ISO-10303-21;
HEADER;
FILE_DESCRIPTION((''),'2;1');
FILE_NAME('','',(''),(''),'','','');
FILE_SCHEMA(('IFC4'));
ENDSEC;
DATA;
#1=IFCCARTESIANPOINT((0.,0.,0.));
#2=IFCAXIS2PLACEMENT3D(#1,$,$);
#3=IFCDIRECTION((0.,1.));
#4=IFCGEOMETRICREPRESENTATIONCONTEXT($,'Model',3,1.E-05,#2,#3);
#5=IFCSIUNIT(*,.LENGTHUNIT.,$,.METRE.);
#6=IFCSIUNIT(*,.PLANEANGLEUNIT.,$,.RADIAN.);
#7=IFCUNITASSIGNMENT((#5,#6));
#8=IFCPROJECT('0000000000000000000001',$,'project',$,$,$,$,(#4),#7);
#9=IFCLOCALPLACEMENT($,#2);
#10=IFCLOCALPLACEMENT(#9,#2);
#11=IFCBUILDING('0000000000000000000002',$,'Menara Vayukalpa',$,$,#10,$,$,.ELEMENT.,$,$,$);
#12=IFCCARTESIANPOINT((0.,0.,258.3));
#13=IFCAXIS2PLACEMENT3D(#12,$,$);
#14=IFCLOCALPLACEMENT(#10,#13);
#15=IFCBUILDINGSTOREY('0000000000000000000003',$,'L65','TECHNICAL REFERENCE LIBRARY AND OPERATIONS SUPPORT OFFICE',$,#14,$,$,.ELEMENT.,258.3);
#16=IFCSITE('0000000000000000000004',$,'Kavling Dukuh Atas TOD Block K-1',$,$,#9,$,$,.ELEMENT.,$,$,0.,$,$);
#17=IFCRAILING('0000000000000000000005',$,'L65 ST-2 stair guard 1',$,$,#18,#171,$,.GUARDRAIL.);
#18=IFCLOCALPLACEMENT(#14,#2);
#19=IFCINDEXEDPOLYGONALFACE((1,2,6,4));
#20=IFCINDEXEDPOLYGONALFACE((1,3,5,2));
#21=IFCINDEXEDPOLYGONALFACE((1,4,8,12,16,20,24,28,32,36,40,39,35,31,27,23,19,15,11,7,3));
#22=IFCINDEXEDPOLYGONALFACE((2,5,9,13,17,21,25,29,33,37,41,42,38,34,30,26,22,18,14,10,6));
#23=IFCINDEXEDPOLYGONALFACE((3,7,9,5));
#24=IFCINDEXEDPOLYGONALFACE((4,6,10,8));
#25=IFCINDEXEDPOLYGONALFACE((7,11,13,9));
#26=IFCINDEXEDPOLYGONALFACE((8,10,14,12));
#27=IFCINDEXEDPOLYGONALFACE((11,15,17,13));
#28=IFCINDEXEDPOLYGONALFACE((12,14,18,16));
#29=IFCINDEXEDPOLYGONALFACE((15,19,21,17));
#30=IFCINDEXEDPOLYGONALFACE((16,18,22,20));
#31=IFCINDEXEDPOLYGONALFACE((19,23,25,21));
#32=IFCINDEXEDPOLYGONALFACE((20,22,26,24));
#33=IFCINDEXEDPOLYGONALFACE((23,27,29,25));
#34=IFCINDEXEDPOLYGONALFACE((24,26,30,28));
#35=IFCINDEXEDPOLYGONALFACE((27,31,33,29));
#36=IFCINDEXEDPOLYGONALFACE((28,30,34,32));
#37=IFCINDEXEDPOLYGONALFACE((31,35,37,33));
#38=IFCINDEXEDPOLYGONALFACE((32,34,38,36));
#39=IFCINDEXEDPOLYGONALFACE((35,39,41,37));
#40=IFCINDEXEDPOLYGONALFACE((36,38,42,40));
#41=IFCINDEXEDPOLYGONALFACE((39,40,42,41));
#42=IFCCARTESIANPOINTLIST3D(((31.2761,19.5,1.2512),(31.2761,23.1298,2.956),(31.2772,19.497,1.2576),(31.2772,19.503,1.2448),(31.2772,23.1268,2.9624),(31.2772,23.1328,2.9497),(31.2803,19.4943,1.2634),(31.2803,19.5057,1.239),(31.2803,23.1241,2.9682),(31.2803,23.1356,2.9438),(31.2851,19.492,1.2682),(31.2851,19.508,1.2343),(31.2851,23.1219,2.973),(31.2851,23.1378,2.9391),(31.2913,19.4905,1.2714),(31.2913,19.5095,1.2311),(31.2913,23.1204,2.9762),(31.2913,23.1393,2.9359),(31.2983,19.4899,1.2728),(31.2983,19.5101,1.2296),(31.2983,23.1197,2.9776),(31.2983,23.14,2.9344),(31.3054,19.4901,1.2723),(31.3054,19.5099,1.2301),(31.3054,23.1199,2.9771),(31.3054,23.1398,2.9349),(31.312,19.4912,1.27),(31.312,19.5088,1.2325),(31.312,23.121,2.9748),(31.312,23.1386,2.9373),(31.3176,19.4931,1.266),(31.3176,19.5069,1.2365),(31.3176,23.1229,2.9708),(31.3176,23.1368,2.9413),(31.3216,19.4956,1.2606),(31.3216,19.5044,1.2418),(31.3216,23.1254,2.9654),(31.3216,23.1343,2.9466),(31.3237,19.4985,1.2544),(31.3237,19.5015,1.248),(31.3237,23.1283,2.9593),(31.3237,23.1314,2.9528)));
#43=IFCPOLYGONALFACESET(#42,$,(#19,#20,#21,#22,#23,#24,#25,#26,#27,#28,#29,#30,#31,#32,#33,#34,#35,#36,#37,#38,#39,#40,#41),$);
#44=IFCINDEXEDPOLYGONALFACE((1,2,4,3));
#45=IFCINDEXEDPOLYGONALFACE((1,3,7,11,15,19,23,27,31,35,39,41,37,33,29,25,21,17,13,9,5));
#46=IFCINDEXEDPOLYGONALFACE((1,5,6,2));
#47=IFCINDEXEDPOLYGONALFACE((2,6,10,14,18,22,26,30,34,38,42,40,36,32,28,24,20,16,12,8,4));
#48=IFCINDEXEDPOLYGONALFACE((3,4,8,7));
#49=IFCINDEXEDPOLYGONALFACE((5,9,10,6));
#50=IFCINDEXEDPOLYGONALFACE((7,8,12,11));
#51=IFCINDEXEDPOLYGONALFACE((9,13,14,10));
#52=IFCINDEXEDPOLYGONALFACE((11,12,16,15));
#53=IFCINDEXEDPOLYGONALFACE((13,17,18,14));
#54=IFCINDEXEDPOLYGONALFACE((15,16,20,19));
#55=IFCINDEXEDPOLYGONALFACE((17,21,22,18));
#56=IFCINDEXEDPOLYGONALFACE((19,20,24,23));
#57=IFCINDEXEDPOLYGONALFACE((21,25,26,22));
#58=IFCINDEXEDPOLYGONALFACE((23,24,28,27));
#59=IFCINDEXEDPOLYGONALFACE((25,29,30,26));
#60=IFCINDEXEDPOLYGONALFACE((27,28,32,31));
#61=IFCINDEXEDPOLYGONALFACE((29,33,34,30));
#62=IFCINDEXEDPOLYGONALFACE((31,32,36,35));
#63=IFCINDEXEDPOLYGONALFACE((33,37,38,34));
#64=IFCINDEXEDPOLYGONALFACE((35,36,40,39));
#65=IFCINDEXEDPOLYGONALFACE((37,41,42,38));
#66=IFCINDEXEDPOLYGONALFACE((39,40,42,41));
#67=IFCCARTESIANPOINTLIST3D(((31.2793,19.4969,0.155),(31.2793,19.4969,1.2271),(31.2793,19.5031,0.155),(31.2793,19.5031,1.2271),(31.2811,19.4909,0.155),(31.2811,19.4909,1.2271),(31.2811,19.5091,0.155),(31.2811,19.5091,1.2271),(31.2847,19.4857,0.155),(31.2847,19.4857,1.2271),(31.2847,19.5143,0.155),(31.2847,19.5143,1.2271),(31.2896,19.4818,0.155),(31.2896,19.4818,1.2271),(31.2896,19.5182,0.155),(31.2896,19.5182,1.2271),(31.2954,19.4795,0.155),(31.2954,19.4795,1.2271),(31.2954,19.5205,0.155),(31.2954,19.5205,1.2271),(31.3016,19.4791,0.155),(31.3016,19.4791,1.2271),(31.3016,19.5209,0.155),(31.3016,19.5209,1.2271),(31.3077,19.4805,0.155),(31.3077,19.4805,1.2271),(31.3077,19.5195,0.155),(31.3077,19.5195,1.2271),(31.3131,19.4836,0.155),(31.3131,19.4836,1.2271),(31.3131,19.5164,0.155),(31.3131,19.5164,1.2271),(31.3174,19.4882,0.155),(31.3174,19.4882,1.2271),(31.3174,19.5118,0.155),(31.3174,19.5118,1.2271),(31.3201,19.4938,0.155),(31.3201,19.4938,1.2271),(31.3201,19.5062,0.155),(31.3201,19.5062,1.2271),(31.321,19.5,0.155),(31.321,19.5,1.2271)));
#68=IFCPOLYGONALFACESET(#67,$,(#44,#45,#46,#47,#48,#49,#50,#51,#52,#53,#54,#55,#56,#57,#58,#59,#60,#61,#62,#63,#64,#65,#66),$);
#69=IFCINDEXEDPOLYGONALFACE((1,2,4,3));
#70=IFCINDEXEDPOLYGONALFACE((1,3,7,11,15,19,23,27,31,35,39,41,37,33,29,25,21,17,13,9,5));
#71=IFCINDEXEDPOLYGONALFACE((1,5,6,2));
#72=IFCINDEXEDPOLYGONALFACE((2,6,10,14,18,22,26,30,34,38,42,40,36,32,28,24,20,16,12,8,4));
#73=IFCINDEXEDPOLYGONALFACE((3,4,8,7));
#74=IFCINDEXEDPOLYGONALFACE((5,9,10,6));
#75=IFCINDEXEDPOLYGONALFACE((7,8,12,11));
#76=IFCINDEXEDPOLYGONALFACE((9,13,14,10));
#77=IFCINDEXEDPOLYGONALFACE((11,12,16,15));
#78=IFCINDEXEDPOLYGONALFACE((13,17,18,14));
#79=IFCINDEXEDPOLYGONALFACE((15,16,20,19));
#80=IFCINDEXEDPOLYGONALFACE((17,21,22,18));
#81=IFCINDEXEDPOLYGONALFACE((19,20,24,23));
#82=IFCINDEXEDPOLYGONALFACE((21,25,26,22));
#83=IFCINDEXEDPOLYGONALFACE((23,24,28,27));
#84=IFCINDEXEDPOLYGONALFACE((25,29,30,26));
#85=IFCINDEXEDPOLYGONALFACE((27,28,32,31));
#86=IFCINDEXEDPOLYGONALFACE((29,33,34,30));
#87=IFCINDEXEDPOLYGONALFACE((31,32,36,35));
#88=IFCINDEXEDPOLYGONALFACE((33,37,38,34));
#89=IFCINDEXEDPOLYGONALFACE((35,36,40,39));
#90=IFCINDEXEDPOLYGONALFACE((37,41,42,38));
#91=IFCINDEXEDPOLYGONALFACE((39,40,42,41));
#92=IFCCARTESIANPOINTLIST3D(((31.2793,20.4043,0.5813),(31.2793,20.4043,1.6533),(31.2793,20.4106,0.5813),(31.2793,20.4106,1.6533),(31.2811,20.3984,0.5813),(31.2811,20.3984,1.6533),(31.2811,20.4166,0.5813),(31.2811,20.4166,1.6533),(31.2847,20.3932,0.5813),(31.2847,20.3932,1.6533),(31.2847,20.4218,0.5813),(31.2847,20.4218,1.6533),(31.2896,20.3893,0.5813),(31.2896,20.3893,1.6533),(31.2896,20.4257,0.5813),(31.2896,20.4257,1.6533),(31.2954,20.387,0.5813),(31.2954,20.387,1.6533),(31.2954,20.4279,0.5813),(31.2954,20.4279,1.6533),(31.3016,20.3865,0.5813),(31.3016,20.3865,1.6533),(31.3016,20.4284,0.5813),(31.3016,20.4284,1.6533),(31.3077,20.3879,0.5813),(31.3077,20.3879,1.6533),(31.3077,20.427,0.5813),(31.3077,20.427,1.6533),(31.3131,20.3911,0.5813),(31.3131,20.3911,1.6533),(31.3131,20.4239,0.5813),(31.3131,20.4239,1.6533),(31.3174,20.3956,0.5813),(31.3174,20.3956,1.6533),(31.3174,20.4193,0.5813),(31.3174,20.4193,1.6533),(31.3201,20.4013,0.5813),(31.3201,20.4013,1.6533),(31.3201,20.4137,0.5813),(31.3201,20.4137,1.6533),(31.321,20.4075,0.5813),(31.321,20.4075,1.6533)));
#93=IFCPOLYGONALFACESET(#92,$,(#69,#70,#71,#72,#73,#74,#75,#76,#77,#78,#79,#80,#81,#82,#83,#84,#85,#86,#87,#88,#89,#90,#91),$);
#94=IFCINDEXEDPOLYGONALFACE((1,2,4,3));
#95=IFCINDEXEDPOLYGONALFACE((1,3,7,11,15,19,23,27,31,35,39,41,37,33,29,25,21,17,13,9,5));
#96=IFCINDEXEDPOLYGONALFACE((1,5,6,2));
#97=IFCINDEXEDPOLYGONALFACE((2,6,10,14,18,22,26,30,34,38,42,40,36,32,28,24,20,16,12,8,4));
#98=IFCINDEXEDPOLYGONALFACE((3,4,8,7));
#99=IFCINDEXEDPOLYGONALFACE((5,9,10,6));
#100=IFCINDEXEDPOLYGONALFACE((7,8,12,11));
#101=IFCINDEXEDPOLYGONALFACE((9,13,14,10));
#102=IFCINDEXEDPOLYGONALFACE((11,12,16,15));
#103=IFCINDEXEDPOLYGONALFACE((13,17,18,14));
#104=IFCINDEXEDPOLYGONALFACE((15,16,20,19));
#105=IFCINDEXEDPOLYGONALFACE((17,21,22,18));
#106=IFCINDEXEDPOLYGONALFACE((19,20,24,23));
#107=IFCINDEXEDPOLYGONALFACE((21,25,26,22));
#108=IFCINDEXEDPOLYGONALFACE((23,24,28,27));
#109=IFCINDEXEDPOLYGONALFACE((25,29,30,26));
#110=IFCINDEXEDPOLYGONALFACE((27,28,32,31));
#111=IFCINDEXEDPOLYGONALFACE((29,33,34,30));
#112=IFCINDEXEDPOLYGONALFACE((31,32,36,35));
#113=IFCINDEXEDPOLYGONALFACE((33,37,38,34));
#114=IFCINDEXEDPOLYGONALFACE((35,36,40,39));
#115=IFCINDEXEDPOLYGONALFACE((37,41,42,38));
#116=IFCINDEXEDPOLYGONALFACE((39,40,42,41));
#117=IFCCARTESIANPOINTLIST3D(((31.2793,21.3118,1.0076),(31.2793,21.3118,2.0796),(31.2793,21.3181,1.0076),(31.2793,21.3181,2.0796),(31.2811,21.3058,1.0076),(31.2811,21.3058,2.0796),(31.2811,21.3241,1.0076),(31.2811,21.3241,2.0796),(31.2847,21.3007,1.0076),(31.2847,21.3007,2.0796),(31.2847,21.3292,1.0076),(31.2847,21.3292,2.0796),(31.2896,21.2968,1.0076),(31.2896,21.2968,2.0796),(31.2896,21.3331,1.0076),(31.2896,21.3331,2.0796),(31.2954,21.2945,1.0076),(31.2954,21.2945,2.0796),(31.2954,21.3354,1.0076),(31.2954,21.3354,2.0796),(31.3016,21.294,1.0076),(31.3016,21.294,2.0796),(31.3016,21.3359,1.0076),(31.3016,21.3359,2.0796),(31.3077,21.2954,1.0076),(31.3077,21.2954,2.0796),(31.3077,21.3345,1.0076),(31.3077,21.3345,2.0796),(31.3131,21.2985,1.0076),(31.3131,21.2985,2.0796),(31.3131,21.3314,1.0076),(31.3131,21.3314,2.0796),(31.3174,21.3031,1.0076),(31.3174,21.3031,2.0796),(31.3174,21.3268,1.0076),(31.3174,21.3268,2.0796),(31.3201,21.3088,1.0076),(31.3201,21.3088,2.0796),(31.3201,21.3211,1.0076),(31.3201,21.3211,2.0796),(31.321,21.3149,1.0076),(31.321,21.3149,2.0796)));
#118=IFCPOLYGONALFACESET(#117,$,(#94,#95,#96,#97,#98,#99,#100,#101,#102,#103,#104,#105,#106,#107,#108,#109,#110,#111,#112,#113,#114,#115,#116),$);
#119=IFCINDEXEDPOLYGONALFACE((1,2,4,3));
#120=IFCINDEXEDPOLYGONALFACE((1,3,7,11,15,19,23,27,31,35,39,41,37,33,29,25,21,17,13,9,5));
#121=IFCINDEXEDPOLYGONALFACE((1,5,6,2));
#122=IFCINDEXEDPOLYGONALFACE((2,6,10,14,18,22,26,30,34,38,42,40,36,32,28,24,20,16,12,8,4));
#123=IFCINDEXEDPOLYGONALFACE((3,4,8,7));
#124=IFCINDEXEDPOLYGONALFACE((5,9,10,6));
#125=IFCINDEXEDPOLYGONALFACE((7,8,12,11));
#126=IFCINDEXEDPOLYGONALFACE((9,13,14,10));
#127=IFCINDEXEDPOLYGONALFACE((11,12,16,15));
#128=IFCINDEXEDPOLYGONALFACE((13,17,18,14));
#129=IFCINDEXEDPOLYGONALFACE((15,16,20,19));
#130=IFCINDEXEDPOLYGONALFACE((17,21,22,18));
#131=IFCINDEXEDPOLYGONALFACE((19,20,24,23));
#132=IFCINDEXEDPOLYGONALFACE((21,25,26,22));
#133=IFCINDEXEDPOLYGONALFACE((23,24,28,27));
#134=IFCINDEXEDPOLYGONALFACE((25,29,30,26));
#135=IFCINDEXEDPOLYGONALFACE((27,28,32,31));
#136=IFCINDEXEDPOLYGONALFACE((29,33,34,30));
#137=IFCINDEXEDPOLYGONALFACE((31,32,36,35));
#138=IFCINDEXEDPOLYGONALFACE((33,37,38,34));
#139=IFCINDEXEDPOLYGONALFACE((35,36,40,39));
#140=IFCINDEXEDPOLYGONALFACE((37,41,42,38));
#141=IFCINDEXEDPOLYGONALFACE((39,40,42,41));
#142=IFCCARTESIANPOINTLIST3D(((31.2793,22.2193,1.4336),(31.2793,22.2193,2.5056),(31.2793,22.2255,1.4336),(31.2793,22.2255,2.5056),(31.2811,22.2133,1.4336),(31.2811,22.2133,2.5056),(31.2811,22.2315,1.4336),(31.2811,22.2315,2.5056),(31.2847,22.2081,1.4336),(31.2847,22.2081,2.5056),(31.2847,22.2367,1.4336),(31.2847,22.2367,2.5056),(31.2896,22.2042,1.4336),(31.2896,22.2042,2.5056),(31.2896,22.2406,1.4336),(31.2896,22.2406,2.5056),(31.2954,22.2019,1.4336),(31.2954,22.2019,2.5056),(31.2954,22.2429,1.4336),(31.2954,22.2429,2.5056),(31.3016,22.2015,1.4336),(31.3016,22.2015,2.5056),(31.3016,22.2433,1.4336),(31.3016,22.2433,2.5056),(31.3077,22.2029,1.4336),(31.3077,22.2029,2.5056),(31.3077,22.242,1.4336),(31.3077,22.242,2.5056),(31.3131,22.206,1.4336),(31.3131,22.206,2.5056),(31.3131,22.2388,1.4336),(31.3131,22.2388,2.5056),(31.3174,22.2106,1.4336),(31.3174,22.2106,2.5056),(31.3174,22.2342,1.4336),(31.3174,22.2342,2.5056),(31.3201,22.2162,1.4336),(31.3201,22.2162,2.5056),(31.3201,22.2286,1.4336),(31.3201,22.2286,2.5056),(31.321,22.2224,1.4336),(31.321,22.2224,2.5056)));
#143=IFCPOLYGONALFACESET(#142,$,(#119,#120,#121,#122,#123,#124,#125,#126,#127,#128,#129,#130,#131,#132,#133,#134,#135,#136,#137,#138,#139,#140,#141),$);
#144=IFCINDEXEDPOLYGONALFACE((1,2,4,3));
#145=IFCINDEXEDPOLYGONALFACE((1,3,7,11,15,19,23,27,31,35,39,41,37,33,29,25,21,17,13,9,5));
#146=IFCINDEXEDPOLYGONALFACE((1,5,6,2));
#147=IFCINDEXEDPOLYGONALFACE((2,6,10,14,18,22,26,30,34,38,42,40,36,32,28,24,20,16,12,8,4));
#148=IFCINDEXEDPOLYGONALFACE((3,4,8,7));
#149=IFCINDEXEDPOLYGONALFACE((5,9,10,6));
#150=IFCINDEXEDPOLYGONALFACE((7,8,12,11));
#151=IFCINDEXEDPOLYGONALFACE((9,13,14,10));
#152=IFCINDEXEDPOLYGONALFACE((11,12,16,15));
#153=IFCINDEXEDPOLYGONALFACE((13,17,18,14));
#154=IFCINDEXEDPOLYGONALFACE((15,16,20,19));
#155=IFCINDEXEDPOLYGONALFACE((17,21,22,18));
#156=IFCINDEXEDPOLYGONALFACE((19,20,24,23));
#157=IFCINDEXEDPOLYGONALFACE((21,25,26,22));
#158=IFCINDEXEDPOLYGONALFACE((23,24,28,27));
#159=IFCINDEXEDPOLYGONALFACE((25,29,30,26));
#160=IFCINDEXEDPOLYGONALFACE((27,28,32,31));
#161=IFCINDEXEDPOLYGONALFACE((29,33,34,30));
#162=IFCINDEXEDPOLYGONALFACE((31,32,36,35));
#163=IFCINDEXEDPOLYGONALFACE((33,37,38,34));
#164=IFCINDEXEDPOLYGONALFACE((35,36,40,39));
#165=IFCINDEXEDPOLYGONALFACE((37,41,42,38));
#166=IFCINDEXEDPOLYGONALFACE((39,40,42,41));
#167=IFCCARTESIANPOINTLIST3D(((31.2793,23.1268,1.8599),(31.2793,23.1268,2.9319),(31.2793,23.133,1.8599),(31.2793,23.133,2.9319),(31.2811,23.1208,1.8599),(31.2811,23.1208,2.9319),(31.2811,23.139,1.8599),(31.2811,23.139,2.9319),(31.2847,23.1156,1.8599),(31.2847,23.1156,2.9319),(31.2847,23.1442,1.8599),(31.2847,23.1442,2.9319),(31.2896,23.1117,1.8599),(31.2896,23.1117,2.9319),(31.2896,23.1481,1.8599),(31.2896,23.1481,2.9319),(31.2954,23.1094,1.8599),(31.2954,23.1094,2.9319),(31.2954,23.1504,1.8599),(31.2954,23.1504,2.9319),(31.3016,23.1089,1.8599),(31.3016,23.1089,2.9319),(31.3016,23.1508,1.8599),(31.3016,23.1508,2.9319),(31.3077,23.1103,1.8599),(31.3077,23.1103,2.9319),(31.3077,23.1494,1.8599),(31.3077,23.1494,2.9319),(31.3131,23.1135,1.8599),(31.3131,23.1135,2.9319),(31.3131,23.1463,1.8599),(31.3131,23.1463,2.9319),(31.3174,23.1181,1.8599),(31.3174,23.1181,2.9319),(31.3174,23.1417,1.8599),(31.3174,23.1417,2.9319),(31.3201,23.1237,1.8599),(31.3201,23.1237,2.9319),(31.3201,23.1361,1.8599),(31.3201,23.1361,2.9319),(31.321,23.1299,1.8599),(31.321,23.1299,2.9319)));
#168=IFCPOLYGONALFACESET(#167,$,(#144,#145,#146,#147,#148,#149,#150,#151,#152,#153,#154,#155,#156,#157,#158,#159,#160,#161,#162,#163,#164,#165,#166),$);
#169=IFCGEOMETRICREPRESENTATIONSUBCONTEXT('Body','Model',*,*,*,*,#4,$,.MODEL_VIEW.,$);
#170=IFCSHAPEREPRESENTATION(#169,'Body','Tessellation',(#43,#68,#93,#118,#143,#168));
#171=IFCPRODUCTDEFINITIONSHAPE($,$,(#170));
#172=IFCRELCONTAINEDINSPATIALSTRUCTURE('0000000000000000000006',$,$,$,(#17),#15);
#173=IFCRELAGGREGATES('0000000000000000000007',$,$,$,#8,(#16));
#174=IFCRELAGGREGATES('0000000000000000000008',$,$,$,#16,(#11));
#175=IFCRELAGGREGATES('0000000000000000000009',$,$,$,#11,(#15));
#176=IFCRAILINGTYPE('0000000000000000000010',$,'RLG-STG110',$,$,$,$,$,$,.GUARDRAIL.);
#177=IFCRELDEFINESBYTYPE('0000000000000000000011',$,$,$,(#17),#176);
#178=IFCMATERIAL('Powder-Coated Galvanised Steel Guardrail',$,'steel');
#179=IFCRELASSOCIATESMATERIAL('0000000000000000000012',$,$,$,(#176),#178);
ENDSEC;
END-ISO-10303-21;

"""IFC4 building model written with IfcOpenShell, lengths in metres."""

from ifc_helpers import new_model, si_unit, direction, frame, origin, origin_2d, place, context, subcontext, project, spatial, circle, extrude, material, type_object, element, save


model = new_model("IFC4")

# Units and contexts
model_context = context("Model", 3, precision=1e-05, world=origin(), true_north=direction((0.0, 1.0)))
body_context = subcontext(model_context, "Body", "Model", "MODEL_VIEW")
ifc_project = project(units=[si_unit("LENGTHUNIT", "METRE"), si_unit("PLANEANGLEUNIT", "RADIAN")], contexts=[model_context])

# Site, building, storey
site_placement = place(None, origin())
site = spatial("IfcSite", under=ifc_project, at=site_placement, Name="Kavling Dukuh Atas TOD Block K-1", CompositionType="ELEMENT", RefElevation=0.0)
building_placement = place(site_placement, origin())
building = spatial("IfcBuilding", under=site, at=building_placement, Name="Menara Vayukalpa", CompositionType="ELEMENT")
storey_placement = place(building_placement, frame((0.0, 0.0, 258.3)))
storey = spatial("IfcBuildingStorey", under=building, at=storey_placement, Name="L65", Description="TECHNICAL REFERENCE LIBRARY AND OPERATIONS SUPPORT OFFICE", CompositionType="ELEMENT", Elevation=258.3)

# Railing
ifc_material_1 = material(Name="Powder-Coated Galvanised Steel Guardrail", Category="steel")
railing_type_1 = type_object("IfcRailingType", Name="RLG-STG110", PredefinedType="GUARDRAIL", material=ifc_material_1)
railing_1_placement = place(storey_placement, frame((31.3, 19.5, 0.155)))
element("IfcRailing", 1, at=railing_1_placement, inside=storey, type_object=railing_type_1, Name="L65 ST-2 stair guard 1", PredefinedType="GUARDRAIL", context=body_context, shape_type="SweptSolid", body=[
    extrude(circle(Radius=0.0239, at=origin_2d()), frame((0.0, 0.0, 1.0962), z_axis=(0.0, 0.90514, 0.425114), x_axis=(-1.0, 0.0, 0.0)), (0.0, 0.0, 1.0), 4.0103),
    extrude(circle(Radius=0.021, at=origin_2d()), origin(), (0.0, 0.0, 1.0), 1.072),
    extrude(circle(Radius=0.021, at=origin_2d()), frame((0.0, 0.9075, 0.4263)), (0.0, 0.0, 1.0), 1.072),
    extrude(circle(Radius=0.021, at=origin_2d()), frame((0.0, 1.8149, 0.8525)), (0.0, 0.0, 1.0), 1.072),
    extrude(circle(Radius=0.021, at=origin_2d()), frame((0.0, 2.7224, 1.2786)), (0.0, 0.0, 1.0), 1.072),
    extrude(circle(Radius=0.021, at=origin_2d()), frame((0.0, 3.6299, 1.7048)), (0.0, 0.0, 1.0), 1.072),
])

save(model, "model.ifc")
